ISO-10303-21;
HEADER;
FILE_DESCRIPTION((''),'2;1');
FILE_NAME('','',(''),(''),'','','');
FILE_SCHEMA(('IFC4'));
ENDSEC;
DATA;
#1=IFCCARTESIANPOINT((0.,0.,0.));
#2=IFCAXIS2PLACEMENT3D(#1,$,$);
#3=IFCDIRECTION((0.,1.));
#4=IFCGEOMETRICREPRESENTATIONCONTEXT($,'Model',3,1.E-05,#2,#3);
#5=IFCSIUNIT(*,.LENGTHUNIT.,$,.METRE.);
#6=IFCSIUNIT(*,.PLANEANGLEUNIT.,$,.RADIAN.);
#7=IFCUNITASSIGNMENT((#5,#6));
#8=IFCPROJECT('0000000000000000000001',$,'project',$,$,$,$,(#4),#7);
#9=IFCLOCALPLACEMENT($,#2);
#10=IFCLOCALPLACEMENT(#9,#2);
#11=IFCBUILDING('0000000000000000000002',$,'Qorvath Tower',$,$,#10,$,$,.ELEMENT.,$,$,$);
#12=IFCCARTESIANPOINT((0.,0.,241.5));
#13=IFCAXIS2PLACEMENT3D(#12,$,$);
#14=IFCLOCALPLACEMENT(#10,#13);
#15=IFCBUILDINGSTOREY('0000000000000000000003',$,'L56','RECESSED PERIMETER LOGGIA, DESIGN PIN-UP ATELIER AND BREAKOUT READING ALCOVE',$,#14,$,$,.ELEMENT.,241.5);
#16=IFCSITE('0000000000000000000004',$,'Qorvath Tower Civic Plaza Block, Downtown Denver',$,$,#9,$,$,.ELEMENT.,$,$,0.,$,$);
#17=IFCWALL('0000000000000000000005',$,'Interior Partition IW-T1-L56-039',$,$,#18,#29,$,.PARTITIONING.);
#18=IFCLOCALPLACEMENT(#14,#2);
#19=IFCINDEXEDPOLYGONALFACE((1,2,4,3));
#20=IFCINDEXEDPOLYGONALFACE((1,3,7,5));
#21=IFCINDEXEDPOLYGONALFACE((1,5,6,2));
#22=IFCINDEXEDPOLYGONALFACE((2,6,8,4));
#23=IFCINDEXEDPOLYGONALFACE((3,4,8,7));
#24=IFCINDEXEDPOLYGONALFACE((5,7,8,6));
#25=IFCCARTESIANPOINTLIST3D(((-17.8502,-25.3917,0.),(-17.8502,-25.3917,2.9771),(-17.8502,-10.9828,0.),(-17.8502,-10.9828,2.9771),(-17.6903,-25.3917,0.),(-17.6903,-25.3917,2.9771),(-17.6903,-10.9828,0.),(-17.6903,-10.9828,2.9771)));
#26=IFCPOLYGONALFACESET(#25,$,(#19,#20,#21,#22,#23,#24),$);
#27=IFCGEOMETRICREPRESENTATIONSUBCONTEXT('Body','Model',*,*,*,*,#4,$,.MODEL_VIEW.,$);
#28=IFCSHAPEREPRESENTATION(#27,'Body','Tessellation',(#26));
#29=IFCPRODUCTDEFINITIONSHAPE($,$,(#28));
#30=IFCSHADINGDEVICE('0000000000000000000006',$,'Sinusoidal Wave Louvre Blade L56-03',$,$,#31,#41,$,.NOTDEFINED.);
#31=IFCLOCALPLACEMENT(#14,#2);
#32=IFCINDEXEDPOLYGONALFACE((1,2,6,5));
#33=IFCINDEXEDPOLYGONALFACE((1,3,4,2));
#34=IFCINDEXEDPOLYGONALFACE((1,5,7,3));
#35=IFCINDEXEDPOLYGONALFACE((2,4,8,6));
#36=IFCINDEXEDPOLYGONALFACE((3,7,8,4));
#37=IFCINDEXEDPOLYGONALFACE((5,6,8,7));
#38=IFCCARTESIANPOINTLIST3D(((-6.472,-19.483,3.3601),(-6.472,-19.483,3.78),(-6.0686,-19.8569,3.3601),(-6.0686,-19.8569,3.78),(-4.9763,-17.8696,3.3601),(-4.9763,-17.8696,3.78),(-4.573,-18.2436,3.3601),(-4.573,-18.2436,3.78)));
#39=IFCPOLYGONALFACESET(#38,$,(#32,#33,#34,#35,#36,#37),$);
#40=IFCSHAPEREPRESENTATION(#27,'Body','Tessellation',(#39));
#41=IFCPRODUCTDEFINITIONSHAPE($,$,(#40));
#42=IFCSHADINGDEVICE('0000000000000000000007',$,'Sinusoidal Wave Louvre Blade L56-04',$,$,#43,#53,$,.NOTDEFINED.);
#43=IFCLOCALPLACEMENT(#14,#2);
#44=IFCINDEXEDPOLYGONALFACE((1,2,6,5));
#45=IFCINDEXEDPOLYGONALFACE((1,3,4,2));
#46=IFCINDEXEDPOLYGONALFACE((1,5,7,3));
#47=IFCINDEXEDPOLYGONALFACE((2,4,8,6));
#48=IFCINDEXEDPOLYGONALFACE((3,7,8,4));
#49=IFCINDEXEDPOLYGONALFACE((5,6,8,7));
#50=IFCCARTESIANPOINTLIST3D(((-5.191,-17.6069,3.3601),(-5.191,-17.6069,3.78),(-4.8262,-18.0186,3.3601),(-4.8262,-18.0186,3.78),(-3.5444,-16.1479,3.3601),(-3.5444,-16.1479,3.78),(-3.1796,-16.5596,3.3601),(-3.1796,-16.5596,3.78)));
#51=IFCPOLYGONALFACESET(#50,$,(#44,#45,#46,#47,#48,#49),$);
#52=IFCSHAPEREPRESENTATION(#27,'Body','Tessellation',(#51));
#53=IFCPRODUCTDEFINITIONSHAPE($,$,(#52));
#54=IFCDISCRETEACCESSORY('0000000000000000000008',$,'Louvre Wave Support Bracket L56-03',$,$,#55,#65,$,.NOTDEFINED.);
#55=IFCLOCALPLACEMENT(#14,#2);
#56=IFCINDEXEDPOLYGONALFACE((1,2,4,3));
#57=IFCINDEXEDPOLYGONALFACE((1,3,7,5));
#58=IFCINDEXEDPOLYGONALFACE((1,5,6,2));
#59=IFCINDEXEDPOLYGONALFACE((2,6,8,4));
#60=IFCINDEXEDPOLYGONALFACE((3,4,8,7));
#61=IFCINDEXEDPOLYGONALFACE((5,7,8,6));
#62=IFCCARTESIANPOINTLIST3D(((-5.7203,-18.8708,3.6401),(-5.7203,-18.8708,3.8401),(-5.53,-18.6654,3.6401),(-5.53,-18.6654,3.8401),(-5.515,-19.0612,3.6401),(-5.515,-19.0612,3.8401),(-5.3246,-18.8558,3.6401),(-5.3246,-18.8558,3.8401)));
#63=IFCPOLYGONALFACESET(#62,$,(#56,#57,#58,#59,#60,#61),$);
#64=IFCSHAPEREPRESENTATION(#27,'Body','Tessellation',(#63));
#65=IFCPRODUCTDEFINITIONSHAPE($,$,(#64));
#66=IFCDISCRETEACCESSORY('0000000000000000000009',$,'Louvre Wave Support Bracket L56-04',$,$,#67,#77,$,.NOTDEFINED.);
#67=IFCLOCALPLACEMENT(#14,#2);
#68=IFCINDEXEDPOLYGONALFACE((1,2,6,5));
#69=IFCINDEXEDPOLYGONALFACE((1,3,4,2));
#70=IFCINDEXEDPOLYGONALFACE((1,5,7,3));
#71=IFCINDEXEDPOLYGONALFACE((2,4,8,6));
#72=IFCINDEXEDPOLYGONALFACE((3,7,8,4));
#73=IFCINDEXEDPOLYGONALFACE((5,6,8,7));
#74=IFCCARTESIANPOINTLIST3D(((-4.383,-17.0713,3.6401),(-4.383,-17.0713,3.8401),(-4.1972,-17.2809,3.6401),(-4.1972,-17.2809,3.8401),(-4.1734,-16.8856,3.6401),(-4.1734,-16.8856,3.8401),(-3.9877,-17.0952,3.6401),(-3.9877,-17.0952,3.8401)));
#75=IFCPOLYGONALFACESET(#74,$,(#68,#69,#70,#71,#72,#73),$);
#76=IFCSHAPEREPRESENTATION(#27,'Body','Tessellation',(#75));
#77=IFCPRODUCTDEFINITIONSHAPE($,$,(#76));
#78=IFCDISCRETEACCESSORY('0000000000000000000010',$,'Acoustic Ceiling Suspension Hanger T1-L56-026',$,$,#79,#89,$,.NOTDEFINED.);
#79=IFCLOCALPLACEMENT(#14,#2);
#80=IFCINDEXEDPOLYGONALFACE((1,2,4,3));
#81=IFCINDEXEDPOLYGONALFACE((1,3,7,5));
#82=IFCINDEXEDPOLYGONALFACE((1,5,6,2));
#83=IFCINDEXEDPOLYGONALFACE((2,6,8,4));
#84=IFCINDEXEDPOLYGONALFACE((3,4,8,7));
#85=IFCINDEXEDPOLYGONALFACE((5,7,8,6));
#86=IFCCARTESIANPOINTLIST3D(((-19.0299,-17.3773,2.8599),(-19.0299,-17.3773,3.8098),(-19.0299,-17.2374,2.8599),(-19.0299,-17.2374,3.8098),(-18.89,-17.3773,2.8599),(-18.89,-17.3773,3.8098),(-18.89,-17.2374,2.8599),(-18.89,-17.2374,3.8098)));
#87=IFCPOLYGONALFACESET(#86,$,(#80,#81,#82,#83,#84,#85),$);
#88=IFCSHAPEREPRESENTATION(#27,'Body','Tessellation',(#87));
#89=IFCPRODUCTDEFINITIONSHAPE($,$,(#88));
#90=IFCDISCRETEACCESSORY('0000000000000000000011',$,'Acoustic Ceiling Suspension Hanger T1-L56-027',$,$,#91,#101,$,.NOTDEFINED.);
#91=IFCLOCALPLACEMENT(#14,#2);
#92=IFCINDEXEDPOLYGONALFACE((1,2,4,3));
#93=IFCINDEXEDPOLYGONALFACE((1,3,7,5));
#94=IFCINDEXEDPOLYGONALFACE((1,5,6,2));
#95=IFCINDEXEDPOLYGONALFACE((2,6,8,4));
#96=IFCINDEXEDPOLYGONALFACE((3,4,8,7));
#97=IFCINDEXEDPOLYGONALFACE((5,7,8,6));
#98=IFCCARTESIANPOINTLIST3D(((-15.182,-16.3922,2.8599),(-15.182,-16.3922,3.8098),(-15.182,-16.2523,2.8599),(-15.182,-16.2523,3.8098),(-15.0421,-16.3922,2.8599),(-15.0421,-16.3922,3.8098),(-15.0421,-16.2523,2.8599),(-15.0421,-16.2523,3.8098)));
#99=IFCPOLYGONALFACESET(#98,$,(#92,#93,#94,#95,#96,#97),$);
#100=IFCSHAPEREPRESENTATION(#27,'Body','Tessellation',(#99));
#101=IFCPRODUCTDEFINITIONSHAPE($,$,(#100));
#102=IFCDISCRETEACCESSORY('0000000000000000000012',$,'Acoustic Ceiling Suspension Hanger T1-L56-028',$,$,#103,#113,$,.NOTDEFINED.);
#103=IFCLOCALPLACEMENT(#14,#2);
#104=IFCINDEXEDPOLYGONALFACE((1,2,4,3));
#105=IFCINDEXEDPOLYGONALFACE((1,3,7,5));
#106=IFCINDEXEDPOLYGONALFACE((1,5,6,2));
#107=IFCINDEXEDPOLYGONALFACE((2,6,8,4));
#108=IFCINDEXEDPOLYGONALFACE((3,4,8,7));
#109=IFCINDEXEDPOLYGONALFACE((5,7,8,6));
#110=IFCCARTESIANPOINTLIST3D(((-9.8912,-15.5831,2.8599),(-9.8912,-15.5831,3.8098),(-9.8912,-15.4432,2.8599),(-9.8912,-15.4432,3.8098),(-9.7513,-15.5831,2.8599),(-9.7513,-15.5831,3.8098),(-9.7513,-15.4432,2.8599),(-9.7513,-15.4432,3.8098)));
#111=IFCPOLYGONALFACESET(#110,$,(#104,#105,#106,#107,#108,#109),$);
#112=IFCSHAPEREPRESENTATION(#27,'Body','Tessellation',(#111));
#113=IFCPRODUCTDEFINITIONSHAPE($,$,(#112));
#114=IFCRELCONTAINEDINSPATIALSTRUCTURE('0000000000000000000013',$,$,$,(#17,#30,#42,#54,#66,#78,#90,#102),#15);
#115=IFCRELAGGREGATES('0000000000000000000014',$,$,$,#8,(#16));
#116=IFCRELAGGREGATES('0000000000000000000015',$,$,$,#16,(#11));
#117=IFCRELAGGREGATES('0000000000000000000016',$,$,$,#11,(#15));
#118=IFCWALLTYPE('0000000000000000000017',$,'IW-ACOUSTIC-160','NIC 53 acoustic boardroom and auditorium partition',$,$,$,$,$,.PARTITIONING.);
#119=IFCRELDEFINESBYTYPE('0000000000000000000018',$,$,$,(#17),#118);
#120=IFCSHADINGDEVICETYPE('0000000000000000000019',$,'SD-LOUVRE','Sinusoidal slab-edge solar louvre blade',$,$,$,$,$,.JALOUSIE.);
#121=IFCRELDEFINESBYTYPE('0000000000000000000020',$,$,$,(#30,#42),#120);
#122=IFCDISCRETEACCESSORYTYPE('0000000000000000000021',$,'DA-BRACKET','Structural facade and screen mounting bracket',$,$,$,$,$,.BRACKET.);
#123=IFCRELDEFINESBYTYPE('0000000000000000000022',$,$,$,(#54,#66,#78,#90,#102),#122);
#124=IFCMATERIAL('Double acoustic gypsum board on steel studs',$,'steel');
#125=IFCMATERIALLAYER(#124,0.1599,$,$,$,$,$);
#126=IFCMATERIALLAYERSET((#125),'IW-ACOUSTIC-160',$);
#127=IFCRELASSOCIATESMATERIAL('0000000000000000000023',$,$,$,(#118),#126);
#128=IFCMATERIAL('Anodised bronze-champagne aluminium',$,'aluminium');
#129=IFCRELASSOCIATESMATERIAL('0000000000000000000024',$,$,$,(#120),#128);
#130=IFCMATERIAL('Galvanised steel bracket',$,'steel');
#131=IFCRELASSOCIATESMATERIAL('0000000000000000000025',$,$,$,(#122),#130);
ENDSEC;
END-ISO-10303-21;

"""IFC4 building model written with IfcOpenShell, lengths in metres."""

from ifc_helpers import new_model, si_unit, direction, frame, frame_2d, origin, origin_2d, place, context, subcontext, project, spatial, rectangle, extrude, material, layer, layer_set, type_object, element, save


model = new_model("IFC4")

# Units and contexts
model_context = context("Model", 3, precision=1e-05, world=origin(), true_north=direction((0.0, 1.0)))
body_context = subcontext(model_context, "Body", "Model", "MODEL_VIEW")
ifc_project = project(units=[si_unit("LENGTHUNIT", "METRE"), si_unit("PLANEANGLEUNIT", "RADIAN")], contexts=[model_context])

# Site, building, storey
site_placement = place(None, origin())
site = spatial("IfcSite", under=ifc_project, at=site_placement, Name="Qorvath Tower Civic Plaza Block, Downtown Denver", CompositionType="ELEMENT", RefElevation=0.0)
building_placement = place(site_placement, origin())
building = spatial("IfcBuilding", under=site, at=building_placement, Name="Qorvath Tower", CompositionType="ELEMENT")
storey_placement = place(building_placement, frame((0.0, 0.0, 241.5)))
storey = spatial("IfcBuildingStorey", under=building, at=storey_placement, Name="L56", Description="RECESSED PERIMETER LOGGIA, DESIGN PIN-UP ATELIER AND BREAKOUT READING ALCOVE", CompositionType="ELEMENT", Elevation=241.5)

# Wall
ifc_material_1 = material(Name="Double acoustic gypsum board on steel studs", Category="steel")
ifc_layer_1 = layer(ifc_material_1, 0.1599)
ifc_layer_set_1 = layer_set([ifc_layer_1], Name="IW-ACOUSTIC-160")
wall_type = type_object("IfcWallType", Name="IW-ACOUSTIC-160", Description="NIC 53 acoustic boardroom and auditorium partition", PredefinedType="PARTITIONING", material=ifc_layer_set_1)
wall_placement = place(storey_placement, frame((-17.7703, -25.3918, 0.0), z_axis=(0.0, 0.0, 1.0), x_axis=(0.0, 1.0, 0.0)))
element("IfcWall", 1, at=wall_placement, inside=storey, type_object=wall_type, Name="Interior Partition IW-T1-L56-039", PredefinedType="PARTITIONING", context=body_context, shape_type="SweptSolid", body=[
    extrude(rectangle(XDim=14.4089, YDim=0.1599, at=frame_2d((7.2046, 0.0))), origin(), (0.0, 0.0, 1.0), 2.9771),
])

# Shading devices
ifc_material_2 = material(Name="Anodised bronze-champagne aluminium", Category="aluminium")
shading_device_type = type_object("IfcShadingDeviceType", Name="SD-LOUVRE", Description="Sinusoidal slab-edge solar louvre blade", PredefinedType="JALOUSIE", material=ifc_material_2)
for number, where, z_axis, x_axis, name in (
    (2, (-5.5225, -18.8633, 3.3601), (0.0, 0.0, 1.0), (0.679848, 0.733353, 0.0), "Sinusoidal Wave Louvre Blade L56-03"),
    (3, (-4.1853, -17.0833, 3.3601), (0.0, 0.0, 1.0), (0.748464, 0.663175, 0.0), "Sinusoidal Wave Louvre Blade L56-04"),
):
    element("IfcShadingDevice", number, at=place(storey_placement, frame(where, z_axis=z_axis, x_axis=x_axis)), inside=storey, type_object=shading_device_type, Name=name, PredefinedType="NOTDEFINED", context=body_context, shape_type="SweptSolid", body=[
        extrude(rectangle(XDim=2.2, YDim=0.55, at=origin_2d()), origin(), (0.0, 0.0, 1.0), 0.4199),
    ])

# Discrete accessories
ifc_material_3 = material(Name="Galvanised steel bracket", Category="steel")
discrete_accessory_type = type_object("IfcDiscreteAccessoryType", Name="DA-BRACKET", Description="Structural facade and screen mounting bracket", PredefinedType="BRACKET", material=ifc_material_3)
for number, where, z_axis, x_axis, name in (
    (4, (-5.5225, -18.8633, 3.6401), (0.0, 0.0, 1.0), (0.679848, 0.733353, 0.0), "Louvre Wave Support Bracket L56-03"),
    (5, (-4.1853, -17.0833, 3.6401), (0.0, 0.0, 1.0), (0.748464, 0.663175, 0.0), "Louvre Wave Support Bracket L56-04"),
):
    element("IfcDiscreteAccessory", number, at=place(storey_placement, frame(where, z_axis=z_axis, x_axis=x_axis)), inside=storey, type_object=discrete_accessory_type, Name=name, PredefinedType="NOTDEFINED", context=body_context, shape_type="SweptSolid", body=[
        extrude(rectangle(XDim=0.28, YDim=0.28, at=origin_2d()), origin(), (0.0, 0.0, 1.0), 0.2),
    ])
for number, where, z_axis, x_axis, name in (
    (6, (-18.96, -17.3074, 2.8599), (0.0, 0.0, 1.0), (1.0, 0.0, 0.0), "Acoustic Ceiling Suspension Hanger T1-L56-026"),
    (7, (-15.1121, -16.3223, 2.8599), (0.0, 0.0, 1.0), (1.0, 0.0, 0.0), "Acoustic Ceiling Suspension Hanger T1-L56-027"),
    (8, (-9.8213, -15.5132, 2.8599), (0.0, 0.0, 1.0), (1.0, 0.0, 0.0), "Acoustic Ceiling Suspension Hanger T1-L56-028"),
):
    element("IfcDiscreteAccessory", number, at=place(storey_placement, frame(where, z_axis=z_axis, x_axis=x_axis)), inside=storey, type_object=discrete_accessory_type, Name=name, PredefinedType="NOTDEFINED", context=body_context, shape_type="SweptSolid", body=[
        extrude(rectangle(XDim=0.1399, YDim=0.1399, at=origin_2d()), origin(), (0.0, 0.0, 1.0), 0.95),
    ])

save(model, "model.ifc")
